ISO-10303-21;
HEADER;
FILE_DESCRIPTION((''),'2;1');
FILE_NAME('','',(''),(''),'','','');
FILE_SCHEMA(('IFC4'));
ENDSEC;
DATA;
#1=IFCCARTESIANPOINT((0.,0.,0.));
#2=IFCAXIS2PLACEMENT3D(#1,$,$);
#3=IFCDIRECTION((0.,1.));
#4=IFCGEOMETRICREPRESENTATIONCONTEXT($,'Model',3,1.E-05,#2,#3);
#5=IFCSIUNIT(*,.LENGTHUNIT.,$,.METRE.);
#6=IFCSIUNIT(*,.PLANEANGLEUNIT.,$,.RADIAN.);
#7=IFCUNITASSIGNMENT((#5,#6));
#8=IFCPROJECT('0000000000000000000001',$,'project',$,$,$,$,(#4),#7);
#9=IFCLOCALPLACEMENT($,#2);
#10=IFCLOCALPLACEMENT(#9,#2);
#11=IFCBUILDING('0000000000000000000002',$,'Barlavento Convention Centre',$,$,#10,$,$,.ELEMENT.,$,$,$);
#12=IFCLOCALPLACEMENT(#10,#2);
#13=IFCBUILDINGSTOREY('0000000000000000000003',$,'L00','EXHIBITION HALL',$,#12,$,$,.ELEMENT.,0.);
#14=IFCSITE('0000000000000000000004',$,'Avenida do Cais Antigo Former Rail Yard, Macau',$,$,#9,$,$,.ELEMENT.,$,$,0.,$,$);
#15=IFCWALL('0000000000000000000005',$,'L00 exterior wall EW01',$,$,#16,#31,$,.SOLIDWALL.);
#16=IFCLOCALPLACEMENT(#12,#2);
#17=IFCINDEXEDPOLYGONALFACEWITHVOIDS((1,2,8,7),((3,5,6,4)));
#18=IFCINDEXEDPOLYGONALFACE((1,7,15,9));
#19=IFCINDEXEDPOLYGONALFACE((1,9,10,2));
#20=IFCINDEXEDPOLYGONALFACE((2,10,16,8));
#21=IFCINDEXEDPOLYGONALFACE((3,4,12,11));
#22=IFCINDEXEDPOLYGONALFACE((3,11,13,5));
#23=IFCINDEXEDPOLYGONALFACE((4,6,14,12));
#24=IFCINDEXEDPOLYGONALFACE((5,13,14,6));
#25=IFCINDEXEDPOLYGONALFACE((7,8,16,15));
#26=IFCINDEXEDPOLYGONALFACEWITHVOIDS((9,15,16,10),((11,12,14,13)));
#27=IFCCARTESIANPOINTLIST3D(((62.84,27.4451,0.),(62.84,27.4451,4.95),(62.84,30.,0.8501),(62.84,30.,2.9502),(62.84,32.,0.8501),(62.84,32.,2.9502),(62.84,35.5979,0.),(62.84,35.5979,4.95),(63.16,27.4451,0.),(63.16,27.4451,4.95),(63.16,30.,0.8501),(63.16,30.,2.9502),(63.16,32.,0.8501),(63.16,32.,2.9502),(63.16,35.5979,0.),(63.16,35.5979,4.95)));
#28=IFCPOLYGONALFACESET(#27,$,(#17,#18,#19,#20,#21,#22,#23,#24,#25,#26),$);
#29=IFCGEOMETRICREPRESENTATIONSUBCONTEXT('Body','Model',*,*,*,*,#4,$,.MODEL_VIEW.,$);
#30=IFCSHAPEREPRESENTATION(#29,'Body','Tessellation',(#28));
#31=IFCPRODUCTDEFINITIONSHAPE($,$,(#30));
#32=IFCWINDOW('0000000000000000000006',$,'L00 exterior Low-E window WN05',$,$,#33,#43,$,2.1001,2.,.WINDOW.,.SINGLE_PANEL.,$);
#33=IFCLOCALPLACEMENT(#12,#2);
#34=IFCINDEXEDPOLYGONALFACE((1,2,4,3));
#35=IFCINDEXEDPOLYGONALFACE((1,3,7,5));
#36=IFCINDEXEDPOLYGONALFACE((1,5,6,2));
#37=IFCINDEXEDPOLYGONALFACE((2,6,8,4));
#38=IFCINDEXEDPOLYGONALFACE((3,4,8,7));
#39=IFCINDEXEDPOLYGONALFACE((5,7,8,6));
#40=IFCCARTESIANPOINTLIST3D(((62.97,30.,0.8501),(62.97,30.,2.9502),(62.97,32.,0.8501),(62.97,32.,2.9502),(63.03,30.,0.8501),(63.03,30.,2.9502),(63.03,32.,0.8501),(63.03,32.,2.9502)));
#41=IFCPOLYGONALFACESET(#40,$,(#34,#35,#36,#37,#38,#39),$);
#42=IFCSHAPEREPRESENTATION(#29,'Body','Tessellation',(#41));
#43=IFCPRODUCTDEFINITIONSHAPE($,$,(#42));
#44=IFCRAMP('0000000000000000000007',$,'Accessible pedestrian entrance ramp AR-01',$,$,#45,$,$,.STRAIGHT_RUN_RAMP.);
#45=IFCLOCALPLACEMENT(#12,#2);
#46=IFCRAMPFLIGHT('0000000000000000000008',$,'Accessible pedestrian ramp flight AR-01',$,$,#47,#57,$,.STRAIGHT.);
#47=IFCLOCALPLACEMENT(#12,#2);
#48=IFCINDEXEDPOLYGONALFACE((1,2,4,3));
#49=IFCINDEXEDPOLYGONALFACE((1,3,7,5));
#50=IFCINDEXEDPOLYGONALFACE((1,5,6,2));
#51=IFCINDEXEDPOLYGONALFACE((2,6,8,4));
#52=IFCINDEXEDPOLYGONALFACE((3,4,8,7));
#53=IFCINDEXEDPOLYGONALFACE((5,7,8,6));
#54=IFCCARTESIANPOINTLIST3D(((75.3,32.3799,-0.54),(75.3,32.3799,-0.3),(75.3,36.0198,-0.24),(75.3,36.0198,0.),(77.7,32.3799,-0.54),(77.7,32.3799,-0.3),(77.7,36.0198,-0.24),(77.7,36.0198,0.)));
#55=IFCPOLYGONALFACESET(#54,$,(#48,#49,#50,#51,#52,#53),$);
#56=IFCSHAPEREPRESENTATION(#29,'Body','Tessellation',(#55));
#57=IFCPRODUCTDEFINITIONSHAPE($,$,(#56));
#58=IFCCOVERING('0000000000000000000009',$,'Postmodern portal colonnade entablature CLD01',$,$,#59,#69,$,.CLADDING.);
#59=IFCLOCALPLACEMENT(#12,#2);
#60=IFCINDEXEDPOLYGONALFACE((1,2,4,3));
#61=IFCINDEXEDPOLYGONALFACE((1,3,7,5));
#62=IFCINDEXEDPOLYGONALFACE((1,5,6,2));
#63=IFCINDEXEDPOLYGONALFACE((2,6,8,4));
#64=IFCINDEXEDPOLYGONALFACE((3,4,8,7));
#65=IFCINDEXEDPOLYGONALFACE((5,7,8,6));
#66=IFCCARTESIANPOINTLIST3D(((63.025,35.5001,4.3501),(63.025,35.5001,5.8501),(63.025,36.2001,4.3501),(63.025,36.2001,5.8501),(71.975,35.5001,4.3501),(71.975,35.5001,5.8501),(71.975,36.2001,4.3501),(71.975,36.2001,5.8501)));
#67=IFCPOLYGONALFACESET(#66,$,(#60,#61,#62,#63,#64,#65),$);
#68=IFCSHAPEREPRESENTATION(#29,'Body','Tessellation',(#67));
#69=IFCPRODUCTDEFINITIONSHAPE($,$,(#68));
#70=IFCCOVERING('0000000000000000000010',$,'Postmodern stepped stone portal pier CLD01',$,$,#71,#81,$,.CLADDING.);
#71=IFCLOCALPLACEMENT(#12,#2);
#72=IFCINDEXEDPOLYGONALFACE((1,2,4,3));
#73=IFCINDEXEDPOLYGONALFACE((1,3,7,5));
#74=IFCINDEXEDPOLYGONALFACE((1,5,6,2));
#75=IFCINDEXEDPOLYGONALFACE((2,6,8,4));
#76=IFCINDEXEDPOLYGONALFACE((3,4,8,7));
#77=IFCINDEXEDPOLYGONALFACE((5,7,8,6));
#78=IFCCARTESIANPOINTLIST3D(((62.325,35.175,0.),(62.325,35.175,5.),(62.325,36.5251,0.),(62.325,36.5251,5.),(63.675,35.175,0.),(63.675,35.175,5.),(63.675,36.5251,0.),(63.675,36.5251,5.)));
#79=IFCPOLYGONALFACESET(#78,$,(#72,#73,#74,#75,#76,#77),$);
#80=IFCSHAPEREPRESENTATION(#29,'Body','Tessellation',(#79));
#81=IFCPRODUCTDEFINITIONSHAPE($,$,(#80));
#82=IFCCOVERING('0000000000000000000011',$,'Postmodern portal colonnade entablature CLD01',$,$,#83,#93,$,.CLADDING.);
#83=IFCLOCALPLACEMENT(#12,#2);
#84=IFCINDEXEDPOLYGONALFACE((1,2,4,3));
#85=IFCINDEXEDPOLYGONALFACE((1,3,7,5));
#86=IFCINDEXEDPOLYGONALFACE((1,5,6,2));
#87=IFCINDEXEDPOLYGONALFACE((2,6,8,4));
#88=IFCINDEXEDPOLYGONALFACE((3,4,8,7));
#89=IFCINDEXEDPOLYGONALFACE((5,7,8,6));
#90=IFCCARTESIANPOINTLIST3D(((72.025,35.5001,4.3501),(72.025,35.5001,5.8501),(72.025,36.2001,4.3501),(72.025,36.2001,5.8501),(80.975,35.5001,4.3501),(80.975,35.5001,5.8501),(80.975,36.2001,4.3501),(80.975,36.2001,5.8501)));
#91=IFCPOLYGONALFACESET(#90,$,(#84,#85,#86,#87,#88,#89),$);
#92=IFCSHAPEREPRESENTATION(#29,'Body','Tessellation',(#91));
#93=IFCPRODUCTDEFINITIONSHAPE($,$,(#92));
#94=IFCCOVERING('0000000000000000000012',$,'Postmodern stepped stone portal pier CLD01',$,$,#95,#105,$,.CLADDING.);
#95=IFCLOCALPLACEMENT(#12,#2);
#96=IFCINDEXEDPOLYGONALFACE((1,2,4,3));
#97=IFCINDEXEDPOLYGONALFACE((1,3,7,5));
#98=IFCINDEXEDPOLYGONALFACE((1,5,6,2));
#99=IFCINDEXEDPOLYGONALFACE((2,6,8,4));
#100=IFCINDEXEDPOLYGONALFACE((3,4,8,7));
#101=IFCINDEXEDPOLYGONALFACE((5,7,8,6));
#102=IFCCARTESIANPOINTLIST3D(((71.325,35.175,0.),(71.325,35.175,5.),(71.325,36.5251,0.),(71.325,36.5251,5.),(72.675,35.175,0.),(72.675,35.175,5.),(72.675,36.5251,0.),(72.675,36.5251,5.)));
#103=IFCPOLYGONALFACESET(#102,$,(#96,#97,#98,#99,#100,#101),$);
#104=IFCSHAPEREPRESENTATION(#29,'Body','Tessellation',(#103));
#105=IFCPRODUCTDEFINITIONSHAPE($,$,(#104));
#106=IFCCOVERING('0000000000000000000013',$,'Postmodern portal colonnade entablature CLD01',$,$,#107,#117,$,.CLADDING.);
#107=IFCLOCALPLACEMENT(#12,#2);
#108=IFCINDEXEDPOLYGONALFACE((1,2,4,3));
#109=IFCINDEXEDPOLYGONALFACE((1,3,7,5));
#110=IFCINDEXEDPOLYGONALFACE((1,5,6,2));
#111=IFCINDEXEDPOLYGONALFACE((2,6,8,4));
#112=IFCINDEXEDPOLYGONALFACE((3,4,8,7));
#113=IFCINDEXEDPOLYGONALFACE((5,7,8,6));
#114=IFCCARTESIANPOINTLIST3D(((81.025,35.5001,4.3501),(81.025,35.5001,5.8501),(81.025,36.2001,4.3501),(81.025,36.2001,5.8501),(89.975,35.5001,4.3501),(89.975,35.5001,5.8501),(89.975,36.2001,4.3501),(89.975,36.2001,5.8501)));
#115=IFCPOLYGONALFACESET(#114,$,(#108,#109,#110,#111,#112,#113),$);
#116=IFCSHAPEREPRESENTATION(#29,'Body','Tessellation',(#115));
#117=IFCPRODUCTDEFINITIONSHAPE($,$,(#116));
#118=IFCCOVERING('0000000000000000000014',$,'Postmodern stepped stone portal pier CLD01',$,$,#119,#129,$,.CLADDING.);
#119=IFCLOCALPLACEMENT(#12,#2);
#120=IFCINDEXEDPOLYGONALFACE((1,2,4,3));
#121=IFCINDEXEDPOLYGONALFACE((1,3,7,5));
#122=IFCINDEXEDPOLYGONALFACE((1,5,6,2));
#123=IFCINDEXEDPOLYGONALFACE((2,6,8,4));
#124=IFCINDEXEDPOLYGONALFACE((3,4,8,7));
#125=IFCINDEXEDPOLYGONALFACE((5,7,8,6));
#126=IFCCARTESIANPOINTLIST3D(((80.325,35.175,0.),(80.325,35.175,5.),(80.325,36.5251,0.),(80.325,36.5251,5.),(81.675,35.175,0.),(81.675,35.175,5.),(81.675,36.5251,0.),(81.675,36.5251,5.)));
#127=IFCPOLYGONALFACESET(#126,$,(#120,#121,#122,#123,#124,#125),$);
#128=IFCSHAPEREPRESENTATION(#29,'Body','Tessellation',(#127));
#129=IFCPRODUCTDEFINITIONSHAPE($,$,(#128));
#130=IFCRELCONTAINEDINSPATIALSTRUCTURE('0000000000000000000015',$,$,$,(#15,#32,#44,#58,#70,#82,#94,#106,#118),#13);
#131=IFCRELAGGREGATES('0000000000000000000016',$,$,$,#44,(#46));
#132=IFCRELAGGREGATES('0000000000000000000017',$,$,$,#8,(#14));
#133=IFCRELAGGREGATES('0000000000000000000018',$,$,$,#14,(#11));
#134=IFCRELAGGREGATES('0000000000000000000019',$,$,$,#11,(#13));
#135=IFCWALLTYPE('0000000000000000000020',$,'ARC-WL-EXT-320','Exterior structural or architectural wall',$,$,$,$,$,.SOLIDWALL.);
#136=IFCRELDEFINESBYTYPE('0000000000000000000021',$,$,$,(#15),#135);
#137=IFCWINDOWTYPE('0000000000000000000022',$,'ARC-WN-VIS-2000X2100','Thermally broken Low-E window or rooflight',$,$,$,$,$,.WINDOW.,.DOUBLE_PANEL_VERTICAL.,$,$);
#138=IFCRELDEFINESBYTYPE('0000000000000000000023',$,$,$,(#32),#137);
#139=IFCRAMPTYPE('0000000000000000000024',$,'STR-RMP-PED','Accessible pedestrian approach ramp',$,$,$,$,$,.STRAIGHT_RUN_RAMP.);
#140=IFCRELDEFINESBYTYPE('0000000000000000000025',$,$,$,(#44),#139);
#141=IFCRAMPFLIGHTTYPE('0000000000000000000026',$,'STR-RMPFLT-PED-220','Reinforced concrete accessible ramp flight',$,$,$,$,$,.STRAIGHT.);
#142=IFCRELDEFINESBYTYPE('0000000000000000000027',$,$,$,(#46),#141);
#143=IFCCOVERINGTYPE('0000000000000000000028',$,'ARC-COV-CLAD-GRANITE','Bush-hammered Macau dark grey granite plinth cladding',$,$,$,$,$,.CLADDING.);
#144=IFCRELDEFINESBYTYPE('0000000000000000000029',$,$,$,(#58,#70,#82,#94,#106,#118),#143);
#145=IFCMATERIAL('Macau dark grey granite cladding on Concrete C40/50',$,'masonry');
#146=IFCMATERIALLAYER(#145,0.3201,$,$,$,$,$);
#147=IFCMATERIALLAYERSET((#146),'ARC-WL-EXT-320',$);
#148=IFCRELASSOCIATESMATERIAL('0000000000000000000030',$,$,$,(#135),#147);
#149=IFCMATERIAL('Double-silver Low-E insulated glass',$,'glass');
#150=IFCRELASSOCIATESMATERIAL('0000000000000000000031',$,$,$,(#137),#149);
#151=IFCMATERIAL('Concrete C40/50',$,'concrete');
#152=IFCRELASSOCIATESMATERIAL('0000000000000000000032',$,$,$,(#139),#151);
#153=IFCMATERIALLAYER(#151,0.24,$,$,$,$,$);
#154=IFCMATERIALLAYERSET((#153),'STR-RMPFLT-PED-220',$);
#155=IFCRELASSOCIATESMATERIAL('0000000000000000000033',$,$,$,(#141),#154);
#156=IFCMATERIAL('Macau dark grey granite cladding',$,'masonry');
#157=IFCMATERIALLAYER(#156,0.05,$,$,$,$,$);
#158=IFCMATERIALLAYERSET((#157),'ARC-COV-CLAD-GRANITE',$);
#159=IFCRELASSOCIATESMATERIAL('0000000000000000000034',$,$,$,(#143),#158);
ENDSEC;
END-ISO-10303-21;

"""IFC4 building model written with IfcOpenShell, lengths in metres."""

from ifc_helpers import new_model, si_unit, direction, frame, frame_2d, origin, origin_2d, place, context, subcontext, project, spatial, polyline, rectangle, outline, extrude, material, layer, layer_set, type_object, element, fill, aggregate, save


model = new_model("IFC4")

# Units and contexts
model_context = context("Model", 3, precision=1e-05, world=origin(), true_north=direction((0.0, 1.0)))
body_context = subcontext(model_context, "Body", "Model", "MODEL_VIEW")
ifc_project = project(units=[si_unit("LENGTHUNIT", "METRE"), si_unit("PLANEANGLEUNIT", "RADIAN")], contexts=[model_context])

# Site, building, storey
site_placement = place(None, origin())
site = spatial("IfcSite", under=ifc_project, at=site_placement, Name="Avenida do Cais Antigo Former Rail Yard, Macau", CompositionType="ELEMENT", RefElevation=0.0)
building_placement = place(site_placement, origin())
building = spatial("IfcBuilding", under=site, at=building_placement, Name="Barlavento Convention Centre", CompositionType="ELEMENT")
storey_placement = place(building_placement, origin())
storey = spatial("IfcBuildingStorey", under=building, at=storey_placement, Name="L00", Description="EXHIBITION HALL", CompositionType="ELEMENT", Elevation=0.0)

# Wall, opening, window
ifc_material_1 = material(Name="Macau dark grey granite cladding on Concrete C40/50", Category="masonry")
ifc_layer_1 = layer(ifc_material_1, 0.3201)
ifc_layer_set_1 = layer_set([ifc_layer_1], Name="ARC-WL-EXT-320")
wall_type_1 = type_object("IfcWallType", Name="ARC-WL-EXT-320", Description="Exterior structural or architectural wall", PredefinedType="SOLIDWALL", material=ifc_layer_set_1)
ifc_material_2 = material(Name="Double-silver Low-E insulated glass", Category="glass")
wall_1_placement = place(storey_placement, frame((63.0, 27.4451, 0.0), z_axis=(0.0, 0.0, 1.0), x_axis=(0.0, 1.0, 0.0)))
wall_1 = element("IfcWall", 1, at=wall_1_placement, inside=storey, type_object=wall_type_1, Name="L00 exterior wall EW01", PredefinedType="SOLIDWALL", context=body_context, shape_type="SweptSolid", body=[
    extrude(rectangle(XDim=8.1528, YDim=0.3201, at=frame_2d((4.0764, 0.0))), origin(), (0.0, 0.0, 1.0), 4.95),
])
opening_1_placement = place(wall_1_placement, frame((2.5549, 0.0, 0.8501)))
opening_1 = element("IfcOpeningElement", 2, at=opening_1_placement, cuts=wall_1, PredefinedType="OPENING", context=body_context, shape_type="SweptSolid", body=[
    extrude(rectangle(XDim=2.0, YDim=2.1001, at=frame_2d((1.0, 1.05))), frame((0.0, 0.1699, 0.0), z_axis=(0.0, -1.0, 0.0), x_axis=(1.0, 0.0, 0.0)), (0.0, 0.0, 1.0), 0.3401),
])
window_type_1 = type_object("IfcWindowType", Name="ARC-WN-VIS-2000X2100", Description="Thermally broken Low-E window or rooflight", PartitioningType="DOUBLE_PANEL_VERTICAL", PredefinedType="WINDOW", material=ifc_material_2)
window_1_placement = place(opening_1_placement, origin())
window_1 = element("IfcWindow", 3, at=window_1_placement, inside=storey, type_object=window_type_1, Name="L00 exterior Low-E window WN05", OverallHeight=2.1001, OverallWidth=2.0, PartitioningType="SINGLE_PANEL", PredefinedType="WINDOW", context=body_context, shape_type="SweptSolid", body=[
    extrude(rectangle(XDim=2.0, YDim=2.1001, at=frame_2d((1.0, 1.05))), frame((0.0, 0.03, 0.0), z_axis=(0.0, -1.0, 0.0), x_axis=(1.0, 0.0, 0.0)), (0.0, 0.0, 1.0), 0.0601),
])
fill(opening_1, window_1)

# Ramp, ramp flight
ifc_material_3 = material(Name="Concrete C40/50", Category="concrete")
ramp_type = type_object("IfcRampType", Name="STR-RMP-PED", Description="Accessible pedestrian approach ramp", PredefinedType="STRAIGHT_RUN_RAMP", material=ifc_material_3)
ramp_placement = place(storey_placement, origin())
ramp = element("IfcRamp", 4, at=ramp_placement, inside=storey, type_object=ramp_type, Name="Accessible pedestrian entrance ramp AR-01", PredefinedType="STRAIGHT_RUN_RAMP")
ifc_layer_2 = layer(ifc_material_3, 0.24)
ifc_layer_set_2 = layer_set([ifc_layer_2], Name="STR-RMPFLT-PED-220")
ramp_flight_type = type_object("IfcRampFlightType", Name="STR-RMPFLT-PED-220", Description="Reinforced concrete accessible ramp flight", PredefinedType="STRAIGHT", material=ifc_layer_set_2)
ramp_flight_placement = place(storey_placement, frame((76.5, 32.3799, -0.3), z_axis=(0.0, 0.0, 1.0), x_axis=(0.0, 1.0, 0.0)))
ramp_flight = element("IfcRampFlight", 5, at=ramp_flight_placement, type_object=ramp_flight_type, Name="Accessible pedestrian ramp flight AR-01", PredefinedType="STRAIGHT", context=body_context, shape_type="SweptSolid", body=[
    extrude(outline(polyline([(0.0, -0.24), (3.6399, 0.0601), (3.6399, 0.3), (0.0, 0.0), (0.0, -0.24)])), frame((0.0, 1.2, 0.0), z_axis=(0.0, -1.0, 0.0), x_axis=(1.0, 0.0, 0.0)), (0.0, 0.0, 1.0), 2.3999),
])
aggregate(ramp, [ramp_flight])

# Coverings
ifc_material_4 = material(Name="Macau dark grey granite cladding", Category="masonry")
ifc_layer_3 = layer(ifc_material_4, 0.05)
ifc_layer_set_3 = layer_set([ifc_layer_3], Name="ARC-COV-CLAD-GRANITE")
covering_type = type_object("IfcCoveringType", Name="ARC-COV-CLAD-GRANITE", Description="Bush-hammered Macau dark grey granite plinth cladding", PredefinedType="CLADDING", material=ifc_layer_set_3)
covering_1_placement = place(storey_placement, frame((67.5, 35.8501, 4.3501), z_axis=(0.0, 0.0, 1.0), x_axis=(1.0, 0.0, 0.0)))
element("IfcCovering", 6, at=covering_1_placement, inside=storey, type_object=covering_type, Name="Postmodern portal colonnade entablature CLD01", PredefinedType="CLADDING", context=body_context, shape_type="SweptSolid", body=[
    extrude(rectangle(XDim=8.95, YDim=0.7, at=origin_2d()), origin(), (0.0, 0.0, 1.0), 1.5),
])
covering_2_placement = place(storey_placement, frame((63.0, 35.8501, 0.0), z_axis=(0.0, 0.0, 1.0), x_axis=(1.0, 0.0, 0.0)))
element("IfcCovering", 7, at=covering_2_placement, inside=storey, type_object=covering_type, Name="Postmodern stepped stone portal pier CLD01", PredefinedType="CLADDING", context=body_context, shape_type="SweptSolid", body=[
    extrude(rectangle(XDim=1.3501, YDim=1.3501, at=origin_2d()), origin(), (0.0, 0.0, 1.0), 5.0),
])
covering_3_placement = place(storey_placement, frame((76.5, 35.8501, 4.3501), z_axis=(0.0, 0.0, 1.0), x_axis=(1.0, 0.0, 0.0)))
element("IfcCovering", 8, at=covering_3_placement, inside=storey, type_object=covering_type, Name="Postmodern portal colonnade entablature CLD01", PredefinedType="CLADDING", context=body_context, shape_type="SweptSolid", body=[
    extrude(rectangle(XDim=8.95, YDim=0.7, at=origin_2d()), origin(), (0.0, 0.0, 1.0), 1.5),
])
covering_4_placement = place(storey_placement, frame((72.0, 35.8501, 0.0), z_axis=(0.0, 0.0, 1.0), x_axis=(1.0, 0.0, 0.0)))
element("IfcCovering", 9, at=covering_4_placement, inside=storey, type_object=covering_type, Name="Postmodern stepped stone portal pier CLD01", PredefinedType="CLADDING", context=body_context, shape_type="SweptSolid", body=[
    extrude(rectangle(XDim=1.3501, YDim=1.3501, at=origin_2d()), origin(), (0.0, 0.0, 1.0), 5.0),
])
covering_5_placement = place(storey_placement, frame((85.5, 35.8501, 4.3501), z_axis=(0.0, 0.0, 1.0), x_axis=(1.0, 0.0, 0.0)))
element("IfcCovering", 10, at=covering_5_placement, inside=storey, type_object=covering_type, Name="Postmodern portal colonnade entablature CLD01", PredefinedType="CLADDING", context=body_context, shape_type="SweptSolid", body=[
    extrude(rectangle(XDim=8.95, YDim=0.7, at=origin_2d()), origin(), (0.0, 0.0, 1.0), 1.5),
])
covering_6_placement = place(storey_placement, frame((81.0, 35.8501, 0.0), z_axis=(0.0, 0.0, 1.0), x_axis=(1.0, 0.0, 0.0)))
element("IfcCovering", 11, at=covering_6_placement, inside=storey, type_object=covering_type, Name="Postmodern stepped stone portal pier CLD01", PredefinedType="CLADDING", context=body_context, shape_type="SweptSolid", body=[
    extrude(rectangle(XDim=1.3501, YDim=1.3501, at=origin_2d()), origin(), (0.0, 0.0, 1.0), 5.0),
])

save(model, "model.ifc")
